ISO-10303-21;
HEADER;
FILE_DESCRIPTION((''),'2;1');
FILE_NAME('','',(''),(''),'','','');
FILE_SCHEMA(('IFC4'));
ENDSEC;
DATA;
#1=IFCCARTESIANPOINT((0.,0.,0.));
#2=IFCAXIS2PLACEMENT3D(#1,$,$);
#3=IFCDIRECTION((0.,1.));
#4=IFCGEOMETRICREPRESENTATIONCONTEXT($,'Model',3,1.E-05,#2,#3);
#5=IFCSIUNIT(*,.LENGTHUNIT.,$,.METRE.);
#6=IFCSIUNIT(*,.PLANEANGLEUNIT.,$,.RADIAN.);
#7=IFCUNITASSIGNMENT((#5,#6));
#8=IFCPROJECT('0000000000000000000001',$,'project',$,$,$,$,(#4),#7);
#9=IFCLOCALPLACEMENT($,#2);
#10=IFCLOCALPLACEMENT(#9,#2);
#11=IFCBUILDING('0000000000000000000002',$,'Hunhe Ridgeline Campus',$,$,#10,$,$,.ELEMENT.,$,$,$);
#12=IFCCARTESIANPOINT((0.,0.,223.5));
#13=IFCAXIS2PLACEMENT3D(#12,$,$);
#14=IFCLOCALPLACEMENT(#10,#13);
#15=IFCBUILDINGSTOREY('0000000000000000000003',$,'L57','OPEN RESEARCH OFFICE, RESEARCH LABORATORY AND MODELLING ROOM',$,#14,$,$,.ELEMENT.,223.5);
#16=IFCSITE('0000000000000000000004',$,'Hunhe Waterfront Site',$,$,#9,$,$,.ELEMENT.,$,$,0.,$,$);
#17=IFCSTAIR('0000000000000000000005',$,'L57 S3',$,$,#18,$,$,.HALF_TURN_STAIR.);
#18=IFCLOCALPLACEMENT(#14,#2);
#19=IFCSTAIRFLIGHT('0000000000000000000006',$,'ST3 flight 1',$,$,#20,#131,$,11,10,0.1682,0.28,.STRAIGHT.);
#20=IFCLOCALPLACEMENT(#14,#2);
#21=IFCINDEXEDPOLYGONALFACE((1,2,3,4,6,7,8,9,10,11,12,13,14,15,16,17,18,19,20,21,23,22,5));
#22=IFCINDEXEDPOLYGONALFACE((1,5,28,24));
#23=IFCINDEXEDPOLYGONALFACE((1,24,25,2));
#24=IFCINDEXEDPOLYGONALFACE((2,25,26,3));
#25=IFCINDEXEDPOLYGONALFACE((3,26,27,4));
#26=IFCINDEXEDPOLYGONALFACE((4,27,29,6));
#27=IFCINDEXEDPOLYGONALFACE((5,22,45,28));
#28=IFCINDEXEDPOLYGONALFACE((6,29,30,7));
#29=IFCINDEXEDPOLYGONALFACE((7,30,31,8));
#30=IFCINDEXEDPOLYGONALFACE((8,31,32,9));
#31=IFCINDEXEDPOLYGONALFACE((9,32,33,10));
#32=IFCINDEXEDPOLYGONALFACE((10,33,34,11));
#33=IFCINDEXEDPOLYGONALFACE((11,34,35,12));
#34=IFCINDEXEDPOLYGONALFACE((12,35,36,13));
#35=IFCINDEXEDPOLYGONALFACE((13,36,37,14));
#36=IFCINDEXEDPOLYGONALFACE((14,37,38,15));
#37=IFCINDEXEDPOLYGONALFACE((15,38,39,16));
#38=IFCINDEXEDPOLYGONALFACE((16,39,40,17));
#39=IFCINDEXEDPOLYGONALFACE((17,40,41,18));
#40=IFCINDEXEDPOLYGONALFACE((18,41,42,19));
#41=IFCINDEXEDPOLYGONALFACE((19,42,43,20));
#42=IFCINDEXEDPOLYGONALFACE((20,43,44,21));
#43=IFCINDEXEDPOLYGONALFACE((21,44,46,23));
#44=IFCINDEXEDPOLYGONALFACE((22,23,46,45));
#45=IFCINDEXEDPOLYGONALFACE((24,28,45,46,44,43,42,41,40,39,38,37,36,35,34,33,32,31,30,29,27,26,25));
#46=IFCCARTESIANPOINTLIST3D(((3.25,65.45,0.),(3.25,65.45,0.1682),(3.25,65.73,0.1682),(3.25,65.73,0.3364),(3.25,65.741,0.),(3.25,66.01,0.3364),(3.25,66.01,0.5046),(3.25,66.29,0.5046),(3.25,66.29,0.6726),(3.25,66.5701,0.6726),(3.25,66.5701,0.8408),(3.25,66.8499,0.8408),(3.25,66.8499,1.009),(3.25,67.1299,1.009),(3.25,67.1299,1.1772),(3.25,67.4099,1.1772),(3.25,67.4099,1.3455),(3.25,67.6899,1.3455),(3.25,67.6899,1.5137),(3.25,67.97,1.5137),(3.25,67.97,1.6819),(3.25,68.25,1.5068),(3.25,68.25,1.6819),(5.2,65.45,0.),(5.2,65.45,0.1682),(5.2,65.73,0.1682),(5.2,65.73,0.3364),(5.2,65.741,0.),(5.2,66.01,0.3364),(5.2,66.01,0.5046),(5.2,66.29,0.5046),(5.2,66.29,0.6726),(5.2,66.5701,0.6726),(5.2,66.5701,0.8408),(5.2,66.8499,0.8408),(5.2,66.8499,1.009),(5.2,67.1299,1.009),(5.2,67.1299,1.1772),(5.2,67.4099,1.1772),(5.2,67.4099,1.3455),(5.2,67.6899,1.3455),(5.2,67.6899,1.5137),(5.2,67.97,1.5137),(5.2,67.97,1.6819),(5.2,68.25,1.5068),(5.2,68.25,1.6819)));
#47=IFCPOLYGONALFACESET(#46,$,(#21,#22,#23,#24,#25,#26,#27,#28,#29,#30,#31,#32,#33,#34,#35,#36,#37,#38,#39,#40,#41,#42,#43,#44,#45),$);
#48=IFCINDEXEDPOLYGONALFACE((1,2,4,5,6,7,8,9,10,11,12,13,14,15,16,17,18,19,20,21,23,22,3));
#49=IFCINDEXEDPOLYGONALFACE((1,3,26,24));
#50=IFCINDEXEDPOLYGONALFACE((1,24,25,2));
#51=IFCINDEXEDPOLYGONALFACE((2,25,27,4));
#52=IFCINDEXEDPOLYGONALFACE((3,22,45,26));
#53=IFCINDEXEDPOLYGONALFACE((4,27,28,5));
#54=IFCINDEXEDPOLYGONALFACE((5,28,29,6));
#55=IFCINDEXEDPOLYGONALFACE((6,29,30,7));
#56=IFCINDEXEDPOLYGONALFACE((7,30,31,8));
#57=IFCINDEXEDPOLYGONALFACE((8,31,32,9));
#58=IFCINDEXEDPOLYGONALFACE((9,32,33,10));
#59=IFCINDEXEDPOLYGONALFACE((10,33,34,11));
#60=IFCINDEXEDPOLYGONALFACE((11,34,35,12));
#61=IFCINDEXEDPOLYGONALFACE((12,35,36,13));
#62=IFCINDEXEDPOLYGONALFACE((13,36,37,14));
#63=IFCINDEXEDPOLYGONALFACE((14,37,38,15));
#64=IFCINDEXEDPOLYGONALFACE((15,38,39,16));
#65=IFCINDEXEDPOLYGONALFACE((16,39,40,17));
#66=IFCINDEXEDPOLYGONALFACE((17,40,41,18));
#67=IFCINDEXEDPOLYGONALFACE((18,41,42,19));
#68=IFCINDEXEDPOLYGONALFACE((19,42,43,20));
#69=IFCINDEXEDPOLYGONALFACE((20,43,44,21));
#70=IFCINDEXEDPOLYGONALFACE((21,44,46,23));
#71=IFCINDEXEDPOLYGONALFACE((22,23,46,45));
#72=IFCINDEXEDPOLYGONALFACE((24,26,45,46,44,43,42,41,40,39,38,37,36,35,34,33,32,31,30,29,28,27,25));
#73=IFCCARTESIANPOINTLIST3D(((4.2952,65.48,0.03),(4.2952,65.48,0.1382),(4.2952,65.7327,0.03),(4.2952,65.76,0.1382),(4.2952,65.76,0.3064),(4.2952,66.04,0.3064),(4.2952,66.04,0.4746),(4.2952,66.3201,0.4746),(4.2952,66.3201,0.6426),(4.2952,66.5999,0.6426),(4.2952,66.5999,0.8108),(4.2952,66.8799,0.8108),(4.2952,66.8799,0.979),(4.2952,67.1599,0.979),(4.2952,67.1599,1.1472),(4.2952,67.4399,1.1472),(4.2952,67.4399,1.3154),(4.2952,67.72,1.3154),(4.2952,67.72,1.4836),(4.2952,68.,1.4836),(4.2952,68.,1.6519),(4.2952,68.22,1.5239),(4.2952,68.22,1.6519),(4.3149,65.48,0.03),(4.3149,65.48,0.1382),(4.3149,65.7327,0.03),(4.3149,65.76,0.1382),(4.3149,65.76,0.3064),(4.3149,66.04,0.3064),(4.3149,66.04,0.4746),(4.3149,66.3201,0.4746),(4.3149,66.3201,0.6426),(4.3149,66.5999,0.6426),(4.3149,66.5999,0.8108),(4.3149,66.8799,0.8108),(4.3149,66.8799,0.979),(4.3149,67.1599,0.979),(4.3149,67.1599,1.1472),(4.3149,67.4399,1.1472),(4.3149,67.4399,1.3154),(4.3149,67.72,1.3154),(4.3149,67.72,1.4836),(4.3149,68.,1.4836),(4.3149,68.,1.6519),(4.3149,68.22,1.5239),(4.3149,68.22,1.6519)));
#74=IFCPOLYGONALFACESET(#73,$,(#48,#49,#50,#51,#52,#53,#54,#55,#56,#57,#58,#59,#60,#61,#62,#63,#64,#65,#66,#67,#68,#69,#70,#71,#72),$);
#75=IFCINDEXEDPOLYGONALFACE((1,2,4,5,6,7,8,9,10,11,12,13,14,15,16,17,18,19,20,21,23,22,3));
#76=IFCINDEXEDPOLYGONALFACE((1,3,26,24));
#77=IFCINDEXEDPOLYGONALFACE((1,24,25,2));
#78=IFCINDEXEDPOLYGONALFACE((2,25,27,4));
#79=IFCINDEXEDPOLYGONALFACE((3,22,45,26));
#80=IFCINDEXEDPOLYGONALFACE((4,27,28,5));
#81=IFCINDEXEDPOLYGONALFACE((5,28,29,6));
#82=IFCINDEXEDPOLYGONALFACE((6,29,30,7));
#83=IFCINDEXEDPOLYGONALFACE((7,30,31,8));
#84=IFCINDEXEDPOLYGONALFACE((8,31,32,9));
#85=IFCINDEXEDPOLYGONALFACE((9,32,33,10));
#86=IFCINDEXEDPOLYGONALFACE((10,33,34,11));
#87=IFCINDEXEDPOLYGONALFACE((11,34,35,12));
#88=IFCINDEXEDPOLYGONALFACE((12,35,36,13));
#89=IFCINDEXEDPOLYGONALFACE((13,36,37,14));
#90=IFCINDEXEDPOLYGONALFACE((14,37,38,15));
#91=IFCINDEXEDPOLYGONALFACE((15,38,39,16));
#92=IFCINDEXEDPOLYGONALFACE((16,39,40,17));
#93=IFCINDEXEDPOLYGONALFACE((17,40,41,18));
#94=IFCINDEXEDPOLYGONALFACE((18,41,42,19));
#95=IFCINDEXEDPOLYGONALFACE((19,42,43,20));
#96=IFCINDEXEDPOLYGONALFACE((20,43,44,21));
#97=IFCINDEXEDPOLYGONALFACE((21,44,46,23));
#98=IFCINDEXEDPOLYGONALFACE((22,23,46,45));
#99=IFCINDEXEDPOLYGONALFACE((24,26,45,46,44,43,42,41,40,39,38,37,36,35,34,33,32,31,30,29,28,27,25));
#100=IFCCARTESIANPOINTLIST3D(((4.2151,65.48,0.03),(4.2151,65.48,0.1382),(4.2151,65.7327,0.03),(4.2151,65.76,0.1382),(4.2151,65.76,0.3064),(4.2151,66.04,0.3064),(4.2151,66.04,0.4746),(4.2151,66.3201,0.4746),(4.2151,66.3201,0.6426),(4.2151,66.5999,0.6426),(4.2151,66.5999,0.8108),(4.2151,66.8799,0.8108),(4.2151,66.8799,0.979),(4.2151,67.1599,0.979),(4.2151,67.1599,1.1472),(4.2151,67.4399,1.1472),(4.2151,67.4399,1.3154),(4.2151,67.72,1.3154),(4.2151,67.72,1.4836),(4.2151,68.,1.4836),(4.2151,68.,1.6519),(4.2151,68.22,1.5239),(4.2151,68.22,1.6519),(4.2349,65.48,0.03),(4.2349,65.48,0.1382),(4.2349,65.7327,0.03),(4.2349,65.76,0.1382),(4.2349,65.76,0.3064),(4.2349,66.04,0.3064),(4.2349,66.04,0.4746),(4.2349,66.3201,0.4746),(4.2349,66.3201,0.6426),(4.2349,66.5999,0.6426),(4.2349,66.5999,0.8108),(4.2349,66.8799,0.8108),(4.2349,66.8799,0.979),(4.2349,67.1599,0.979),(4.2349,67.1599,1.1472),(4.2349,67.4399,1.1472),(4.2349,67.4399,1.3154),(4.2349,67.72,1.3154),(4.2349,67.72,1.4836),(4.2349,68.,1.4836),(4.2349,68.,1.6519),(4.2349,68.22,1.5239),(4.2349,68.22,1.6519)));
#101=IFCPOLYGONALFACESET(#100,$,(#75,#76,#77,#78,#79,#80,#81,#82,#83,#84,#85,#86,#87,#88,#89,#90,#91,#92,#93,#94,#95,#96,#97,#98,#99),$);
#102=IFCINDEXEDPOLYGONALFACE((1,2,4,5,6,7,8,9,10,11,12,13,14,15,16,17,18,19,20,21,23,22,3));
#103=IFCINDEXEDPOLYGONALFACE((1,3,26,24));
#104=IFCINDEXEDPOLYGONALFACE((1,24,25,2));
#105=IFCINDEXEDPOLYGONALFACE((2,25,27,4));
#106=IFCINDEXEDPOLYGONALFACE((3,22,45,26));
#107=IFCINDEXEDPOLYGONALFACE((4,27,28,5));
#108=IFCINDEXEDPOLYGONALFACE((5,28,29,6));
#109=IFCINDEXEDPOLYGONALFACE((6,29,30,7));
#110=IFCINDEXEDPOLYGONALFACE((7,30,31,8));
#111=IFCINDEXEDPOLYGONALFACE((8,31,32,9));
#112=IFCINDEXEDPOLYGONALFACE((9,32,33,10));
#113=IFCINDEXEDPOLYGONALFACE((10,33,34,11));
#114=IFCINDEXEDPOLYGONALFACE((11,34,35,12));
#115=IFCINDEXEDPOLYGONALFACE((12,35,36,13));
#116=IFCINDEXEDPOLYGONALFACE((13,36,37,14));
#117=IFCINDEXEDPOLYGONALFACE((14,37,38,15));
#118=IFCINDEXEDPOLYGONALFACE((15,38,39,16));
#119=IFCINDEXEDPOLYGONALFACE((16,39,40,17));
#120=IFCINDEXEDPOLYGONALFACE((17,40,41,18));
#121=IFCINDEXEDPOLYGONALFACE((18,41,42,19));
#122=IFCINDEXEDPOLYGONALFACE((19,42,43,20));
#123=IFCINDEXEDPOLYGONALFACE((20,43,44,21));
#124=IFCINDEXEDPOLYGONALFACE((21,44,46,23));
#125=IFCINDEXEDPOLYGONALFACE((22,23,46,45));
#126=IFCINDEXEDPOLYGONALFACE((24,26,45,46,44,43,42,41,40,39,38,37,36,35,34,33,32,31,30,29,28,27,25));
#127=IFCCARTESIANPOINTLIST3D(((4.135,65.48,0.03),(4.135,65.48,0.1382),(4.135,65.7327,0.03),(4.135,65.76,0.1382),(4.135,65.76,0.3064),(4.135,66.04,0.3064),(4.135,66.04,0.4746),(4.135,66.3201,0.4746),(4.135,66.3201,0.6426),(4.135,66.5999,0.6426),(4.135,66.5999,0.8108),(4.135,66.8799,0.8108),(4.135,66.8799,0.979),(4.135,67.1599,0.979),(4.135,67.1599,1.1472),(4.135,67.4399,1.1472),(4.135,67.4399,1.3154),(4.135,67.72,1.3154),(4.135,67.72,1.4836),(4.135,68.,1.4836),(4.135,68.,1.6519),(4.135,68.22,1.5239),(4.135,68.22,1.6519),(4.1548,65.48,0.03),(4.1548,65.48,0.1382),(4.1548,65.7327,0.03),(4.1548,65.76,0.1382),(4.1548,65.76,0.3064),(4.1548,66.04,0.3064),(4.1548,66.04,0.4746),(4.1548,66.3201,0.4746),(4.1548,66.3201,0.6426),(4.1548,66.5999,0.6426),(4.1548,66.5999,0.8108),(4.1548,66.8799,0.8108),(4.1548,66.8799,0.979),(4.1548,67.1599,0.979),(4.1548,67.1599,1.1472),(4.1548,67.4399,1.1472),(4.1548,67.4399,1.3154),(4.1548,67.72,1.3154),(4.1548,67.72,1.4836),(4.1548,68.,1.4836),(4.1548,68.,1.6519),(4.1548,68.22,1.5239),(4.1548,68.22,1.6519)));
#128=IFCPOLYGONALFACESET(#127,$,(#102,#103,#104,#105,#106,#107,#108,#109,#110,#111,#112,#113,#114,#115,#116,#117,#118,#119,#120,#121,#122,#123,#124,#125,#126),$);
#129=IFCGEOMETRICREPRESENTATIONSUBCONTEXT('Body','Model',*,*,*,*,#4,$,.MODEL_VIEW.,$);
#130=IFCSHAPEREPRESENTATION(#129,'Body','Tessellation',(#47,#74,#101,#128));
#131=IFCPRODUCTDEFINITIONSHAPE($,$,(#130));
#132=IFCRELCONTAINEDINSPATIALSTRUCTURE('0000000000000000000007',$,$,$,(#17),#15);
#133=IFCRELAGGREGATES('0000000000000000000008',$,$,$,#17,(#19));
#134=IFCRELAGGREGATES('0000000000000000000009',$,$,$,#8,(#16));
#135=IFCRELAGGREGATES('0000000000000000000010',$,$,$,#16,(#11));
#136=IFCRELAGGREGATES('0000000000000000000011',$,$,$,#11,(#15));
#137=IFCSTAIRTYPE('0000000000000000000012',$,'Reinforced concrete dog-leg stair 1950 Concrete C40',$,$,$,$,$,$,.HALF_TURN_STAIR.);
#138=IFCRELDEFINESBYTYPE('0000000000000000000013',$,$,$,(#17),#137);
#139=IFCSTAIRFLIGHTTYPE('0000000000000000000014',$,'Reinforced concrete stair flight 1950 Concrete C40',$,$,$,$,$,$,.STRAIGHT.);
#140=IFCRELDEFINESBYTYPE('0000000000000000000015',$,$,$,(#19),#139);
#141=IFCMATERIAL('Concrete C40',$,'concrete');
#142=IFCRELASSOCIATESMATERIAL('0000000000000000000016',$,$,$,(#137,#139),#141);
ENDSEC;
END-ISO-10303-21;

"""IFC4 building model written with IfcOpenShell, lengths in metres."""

from ifc_helpers import new_model, si_unit, direction, frame, origin, place, context, subcontext, project, spatial, polyline, outline, extrude, material, type_object, element, aggregate, save


model = new_model("IFC4")

# Units and contexts
model_context = context("Model", 3, precision=1e-05, world=origin(), true_north=direction((0.0, 1.0)))
body_context = subcontext(model_context, "Body", "Model", "MODEL_VIEW")
ifc_project = project(units=[si_unit("LENGTHUNIT", "METRE"), si_unit("PLANEANGLEUNIT", "RADIAN")], contexts=[model_context])

# Site, building, storey
site_placement = place(None, origin())
site = spatial("IfcSite", under=ifc_project, at=site_placement, Name="Hunhe Waterfront Site", CompositionType="ELEMENT", RefElevation=0.0)
building_placement = place(site_placement, origin())
building = spatial("IfcBuilding", under=site, at=building_placement, Name="Hunhe Ridgeline Campus", CompositionType="ELEMENT")
storey_placement = place(building_placement, frame((0.0, 0.0, 223.5)))
storey = spatial("IfcBuildingStorey", under=building, at=storey_placement, Name="L57", Description="OPEN RESEARCH OFFICE, RESEARCH LABORATORY AND MODELLING ROOM", CompositionType="ELEMENT", Elevation=223.5)

# Stair, stair flight
ifc_material_1 = material(Name="Concrete C40", Category="concrete")
stair_type = type_object("IfcStairType", Name="Reinforced concrete dog-leg stair 1950 Concrete C40", PredefinedType="HALF_TURN_STAIR", material=ifc_material_1)
stair_1_placement = place(storey_placement, origin())
stair_1 = element("IfcStair", 1, at=stair_1_placement, inside=storey, type_object=stair_type, Name="L57 S3", PredefinedType="HALF_TURN_STAIR")
stair_flight_type = type_object("IfcStairFlightType", Name="Reinforced concrete stair flight 1950 Concrete C40", PredefinedType="STRAIGHT", material=ifc_material_1)
stair_flight_1_placement = place(storey_placement, frame((4.2251, 65.45, 0.0), z_axis=(0.0, 0.0, 1.0), x_axis=(0.0, 1.0, 0.0)))
stair_flight_1 = element("IfcStairFlight", 2, at=stair_flight_1_placement, type_object=stair_flight_type, Name="ST3 flight 1", NumberOfRisers=11, NumberOfTreads=10, PredefinedType="STRAIGHT", RiserHeight=0.1682, TreadLength=0.28, context=body_context, shape_type="SweptSolid", body=[
    extrude(outline(polyline([(0.0, 0.0), (0.0, 0.1682), (0.28, 0.1682), (0.28, 0.3364), (0.5601, 0.3364), (0.5601, 0.5046), (0.8401, 0.5046), (0.8401, 0.6726), (1.1201, 0.6726), (1.1201, 0.8408), (1.3999, 0.8408), (1.3999, 1.009), (1.6799, 1.009), (1.6799, 1.1772), (1.96, 1.1772), (1.96, 1.3455), (2.24, 1.3455), (2.24, 1.5137), (2.52, 1.5137), (2.52, 1.6819), (2.8, 1.6819), (2.8, 1.8501), (2.8, 1.5068), (0.291, 0.0), (0.0, 0.0)])), frame((0.0, 0.9751, 0.0), z_axis=(0.0, -1.0, 0.0), x_axis=(1.0, 0.0, 0.0)), (0.0, 0.0, 1.0), 1.95),
    extrude(outline(polyline([(0.03, 0.03), (0.03, 0.1382), (0.3101, 0.1382), (0.3101, 0.3064), (0.5901, 0.3064), (0.5901, 0.4746), (0.8701, 0.4746), (0.8701, 0.6426), (1.1499, 0.6426), (1.1499, 0.8108), (1.4299, 0.8108), (1.4299, 0.979), (1.71, 0.979), (1.71, 1.1472), (1.99, 1.1472), (1.99, 1.3154), (2.27, 1.3154), (2.27, 1.4836), (2.55, 1.4836), (2.55, 1.6519), (2.77, 1.6519), (2.77, 1.5239), (0.2827, 0.03), (0.03, 0.03)])), frame((0.0, -0.0701, 0.0), z_axis=(0.0, -1.0, 0.0), x_axis=(1.0, 0.0, 0.0)), (0.0, 0.0, 1.0), 0.0198),
    extrude(outline(polyline([(0.03, 0.03), (0.03, 0.1382), (0.3101, 0.1382), (0.3101, 0.3064), (0.5901, 0.3064), (0.5901, 0.4746), (0.8701, 0.4746), (0.8701, 0.6426), (1.1499, 0.6426), (1.1499, 0.8108), (1.4299, 0.8108), (1.4299, 0.979), (1.71, 0.979), (1.71, 1.1472), (1.99, 1.1472), (1.99, 1.3154), (2.27, 1.3154), (2.27, 1.4836), (2.55, 1.4836), (2.55, 1.6519), (2.77, 1.6519), (2.77, 1.5239), (0.2827, 0.03), (0.03, 0.03)])), frame((0.0, 0.01, 0.0), z_axis=(0.0, -1.0, 0.0), x_axis=(1.0, 0.0, 0.0)), (0.0, 0.0, 1.0), 0.0198),
    extrude(outline(polyline([(0.03, 0.03), (0.03, 0.1382), (0.3101, 0.1382), (0.3101, 0.3064), (0.5901, 0.3064), (0.5901, 0.4746), (0.8701, 0.4746), (0.8701, 0.6426), (1.1499, 0.6426), (1.1499, 0.8108), (1.4299, 0.8108), (1.4299, 0.979), (1.71, 0.979), (1.71, 1.1472), (1.99, 1.1472), (1.99, 1.3154), (2.27, 1.3154), (2.27, 1.4836), (2.55, 1.4836), (2.55, 1.6519), (2.77, 1.6519), (2.77, 1.5239), (0.2827, 0.03), (0.03, 0.03)])), frame((0.0, 0.0901, 0.0), z_axis=(0.0, -1.0, 0.0), x_axis=(1.0, 0.0, 0.0)), (0.0, 0.0, 1.0), 0.0198),
])
aggregate(stair_1, [stair_flight_1])

save(model, "model.ifc")
